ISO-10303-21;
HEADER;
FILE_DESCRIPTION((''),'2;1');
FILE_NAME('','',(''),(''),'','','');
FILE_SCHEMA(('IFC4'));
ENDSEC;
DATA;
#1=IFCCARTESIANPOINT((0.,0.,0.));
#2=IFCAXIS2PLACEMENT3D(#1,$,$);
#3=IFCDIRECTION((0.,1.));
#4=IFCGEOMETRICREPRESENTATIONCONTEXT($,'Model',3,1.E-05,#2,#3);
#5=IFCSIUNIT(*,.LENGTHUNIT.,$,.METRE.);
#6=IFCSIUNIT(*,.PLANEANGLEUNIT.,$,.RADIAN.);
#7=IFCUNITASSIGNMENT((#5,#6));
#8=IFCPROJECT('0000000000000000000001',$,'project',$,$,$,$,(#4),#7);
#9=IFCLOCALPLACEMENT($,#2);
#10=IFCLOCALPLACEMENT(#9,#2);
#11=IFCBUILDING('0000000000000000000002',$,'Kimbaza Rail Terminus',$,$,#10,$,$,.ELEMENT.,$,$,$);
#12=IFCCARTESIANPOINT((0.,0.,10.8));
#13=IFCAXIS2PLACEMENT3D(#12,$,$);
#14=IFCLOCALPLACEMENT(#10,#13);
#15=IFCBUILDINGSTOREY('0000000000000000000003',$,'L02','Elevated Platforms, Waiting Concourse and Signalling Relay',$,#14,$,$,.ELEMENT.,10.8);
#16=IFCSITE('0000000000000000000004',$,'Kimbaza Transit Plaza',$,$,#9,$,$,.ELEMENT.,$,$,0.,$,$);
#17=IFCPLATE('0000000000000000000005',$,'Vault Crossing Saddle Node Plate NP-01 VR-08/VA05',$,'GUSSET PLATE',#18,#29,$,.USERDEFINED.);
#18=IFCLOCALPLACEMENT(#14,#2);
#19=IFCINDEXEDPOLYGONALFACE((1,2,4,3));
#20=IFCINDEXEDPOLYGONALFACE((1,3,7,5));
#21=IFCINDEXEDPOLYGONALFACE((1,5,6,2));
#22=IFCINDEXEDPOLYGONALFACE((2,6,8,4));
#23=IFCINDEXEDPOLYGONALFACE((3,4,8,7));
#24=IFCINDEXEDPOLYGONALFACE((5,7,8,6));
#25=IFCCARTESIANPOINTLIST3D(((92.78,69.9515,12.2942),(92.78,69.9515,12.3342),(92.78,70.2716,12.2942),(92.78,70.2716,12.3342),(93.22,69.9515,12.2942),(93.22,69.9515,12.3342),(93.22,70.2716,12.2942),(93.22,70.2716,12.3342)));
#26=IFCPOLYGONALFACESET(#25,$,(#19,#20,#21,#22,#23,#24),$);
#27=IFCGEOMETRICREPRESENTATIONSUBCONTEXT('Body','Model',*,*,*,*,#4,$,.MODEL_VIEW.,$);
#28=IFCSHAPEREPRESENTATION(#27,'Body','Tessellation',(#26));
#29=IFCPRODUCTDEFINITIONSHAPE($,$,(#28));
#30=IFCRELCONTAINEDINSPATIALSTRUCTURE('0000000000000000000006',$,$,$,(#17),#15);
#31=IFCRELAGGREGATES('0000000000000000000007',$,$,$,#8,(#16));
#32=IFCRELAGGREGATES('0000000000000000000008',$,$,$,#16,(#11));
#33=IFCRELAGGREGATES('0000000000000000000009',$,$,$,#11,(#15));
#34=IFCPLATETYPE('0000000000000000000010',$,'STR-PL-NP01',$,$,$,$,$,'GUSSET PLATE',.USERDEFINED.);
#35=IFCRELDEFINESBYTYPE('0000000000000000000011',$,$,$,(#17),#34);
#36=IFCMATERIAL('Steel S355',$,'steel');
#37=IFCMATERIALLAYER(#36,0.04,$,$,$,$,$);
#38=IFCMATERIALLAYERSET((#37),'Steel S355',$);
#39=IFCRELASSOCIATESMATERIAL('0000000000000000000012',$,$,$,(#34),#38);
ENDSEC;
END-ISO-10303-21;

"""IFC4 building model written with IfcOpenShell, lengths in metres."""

from ifc_helpers import new_model, si_unit, direction, frame, origin, origin_2d, place, context, subcontext, project, spatial, rectangle, extrude, material, layer, layer_set, type_object, element, save


model = new_model("IFC4")

# Units and contexts
model_context = context("Model", 3, precision=1e-05, world=origin(), true_north=direction((0.0, 1.0)))
body_context = subcontext(model_context, "Body", "Model", "MODEL_VIEW")
ifc_project = project(units=[si_unit("LENGTHUNIT", "METRE"), si_unit("PLANEANGLEUNIT", "RADIAN")], contexts=[model_context])

# Site, building, storey
site_placement = place(None, origin())
site = spatial("IfcSite", under=ifc_project, at=site_placement, Name="Kimbaza Transit Plaza", CompositionType="ELEMENT", RefElevation=0.0)
building_placement = place(site_placement, origin())
building = spatial("IfcBuilding", under=site, at=building_placement, Name="Kimbaza Rail Terminus", CompositionType="ELEMENT")
storey_placement = place(building_placement, frame((0.0, 0.0, 10.8)))
storey = spatial("IfcBuildingStorey", under=building, at=storey_placement, Name="L02", Description="Elevated Platforms, Waiting Concourse and Signalling Relay", CompositionType="ELEMENT", Elevation=10.8)

# Plate
ifc_material_1 = material(Name="Steel S355", Category="steel")
ifc_layer_1 = layer(ifc_material_1, 0.04)
ifc_layer_set_1 = layer_set([ifc_layer_1], Name="Steel S355")
plate_type_1 = type_object("IfcPlateType", Name="STR-PL-NP01", ElementType="GUSSET PLATE", PredefinedType="USERDEFINED", material=ifc_layer_set_1)
for number, where, z_axis, x_axis, name in (
    (1, (93.0, 70.1116, 12.2942), (0.0, 0.0, 1.0), (1.0, 0.0, 0.0), "Vault Crossing Saddle Node Plate NP-01 VR-08/VA05"),
):
    element("IfcPlate", number, at=place(storey_placement, frame(where, z_axis=z_axis, x_axis=x_axis)), inside=storey, type_object=plate_type_1, Name=name, ObjectType="GUSSET PLATE", PredefinedType="USERDEFINED", context=body_context, shape_type="SweptSolid", body=[
        extrude(rectangle(XDim=0.4399, YDim=0.3201, at=origin_2d()), origin(), (0.0, 0.0, 1.0), 0.04),
    ])

save(model, "model.ifc")
